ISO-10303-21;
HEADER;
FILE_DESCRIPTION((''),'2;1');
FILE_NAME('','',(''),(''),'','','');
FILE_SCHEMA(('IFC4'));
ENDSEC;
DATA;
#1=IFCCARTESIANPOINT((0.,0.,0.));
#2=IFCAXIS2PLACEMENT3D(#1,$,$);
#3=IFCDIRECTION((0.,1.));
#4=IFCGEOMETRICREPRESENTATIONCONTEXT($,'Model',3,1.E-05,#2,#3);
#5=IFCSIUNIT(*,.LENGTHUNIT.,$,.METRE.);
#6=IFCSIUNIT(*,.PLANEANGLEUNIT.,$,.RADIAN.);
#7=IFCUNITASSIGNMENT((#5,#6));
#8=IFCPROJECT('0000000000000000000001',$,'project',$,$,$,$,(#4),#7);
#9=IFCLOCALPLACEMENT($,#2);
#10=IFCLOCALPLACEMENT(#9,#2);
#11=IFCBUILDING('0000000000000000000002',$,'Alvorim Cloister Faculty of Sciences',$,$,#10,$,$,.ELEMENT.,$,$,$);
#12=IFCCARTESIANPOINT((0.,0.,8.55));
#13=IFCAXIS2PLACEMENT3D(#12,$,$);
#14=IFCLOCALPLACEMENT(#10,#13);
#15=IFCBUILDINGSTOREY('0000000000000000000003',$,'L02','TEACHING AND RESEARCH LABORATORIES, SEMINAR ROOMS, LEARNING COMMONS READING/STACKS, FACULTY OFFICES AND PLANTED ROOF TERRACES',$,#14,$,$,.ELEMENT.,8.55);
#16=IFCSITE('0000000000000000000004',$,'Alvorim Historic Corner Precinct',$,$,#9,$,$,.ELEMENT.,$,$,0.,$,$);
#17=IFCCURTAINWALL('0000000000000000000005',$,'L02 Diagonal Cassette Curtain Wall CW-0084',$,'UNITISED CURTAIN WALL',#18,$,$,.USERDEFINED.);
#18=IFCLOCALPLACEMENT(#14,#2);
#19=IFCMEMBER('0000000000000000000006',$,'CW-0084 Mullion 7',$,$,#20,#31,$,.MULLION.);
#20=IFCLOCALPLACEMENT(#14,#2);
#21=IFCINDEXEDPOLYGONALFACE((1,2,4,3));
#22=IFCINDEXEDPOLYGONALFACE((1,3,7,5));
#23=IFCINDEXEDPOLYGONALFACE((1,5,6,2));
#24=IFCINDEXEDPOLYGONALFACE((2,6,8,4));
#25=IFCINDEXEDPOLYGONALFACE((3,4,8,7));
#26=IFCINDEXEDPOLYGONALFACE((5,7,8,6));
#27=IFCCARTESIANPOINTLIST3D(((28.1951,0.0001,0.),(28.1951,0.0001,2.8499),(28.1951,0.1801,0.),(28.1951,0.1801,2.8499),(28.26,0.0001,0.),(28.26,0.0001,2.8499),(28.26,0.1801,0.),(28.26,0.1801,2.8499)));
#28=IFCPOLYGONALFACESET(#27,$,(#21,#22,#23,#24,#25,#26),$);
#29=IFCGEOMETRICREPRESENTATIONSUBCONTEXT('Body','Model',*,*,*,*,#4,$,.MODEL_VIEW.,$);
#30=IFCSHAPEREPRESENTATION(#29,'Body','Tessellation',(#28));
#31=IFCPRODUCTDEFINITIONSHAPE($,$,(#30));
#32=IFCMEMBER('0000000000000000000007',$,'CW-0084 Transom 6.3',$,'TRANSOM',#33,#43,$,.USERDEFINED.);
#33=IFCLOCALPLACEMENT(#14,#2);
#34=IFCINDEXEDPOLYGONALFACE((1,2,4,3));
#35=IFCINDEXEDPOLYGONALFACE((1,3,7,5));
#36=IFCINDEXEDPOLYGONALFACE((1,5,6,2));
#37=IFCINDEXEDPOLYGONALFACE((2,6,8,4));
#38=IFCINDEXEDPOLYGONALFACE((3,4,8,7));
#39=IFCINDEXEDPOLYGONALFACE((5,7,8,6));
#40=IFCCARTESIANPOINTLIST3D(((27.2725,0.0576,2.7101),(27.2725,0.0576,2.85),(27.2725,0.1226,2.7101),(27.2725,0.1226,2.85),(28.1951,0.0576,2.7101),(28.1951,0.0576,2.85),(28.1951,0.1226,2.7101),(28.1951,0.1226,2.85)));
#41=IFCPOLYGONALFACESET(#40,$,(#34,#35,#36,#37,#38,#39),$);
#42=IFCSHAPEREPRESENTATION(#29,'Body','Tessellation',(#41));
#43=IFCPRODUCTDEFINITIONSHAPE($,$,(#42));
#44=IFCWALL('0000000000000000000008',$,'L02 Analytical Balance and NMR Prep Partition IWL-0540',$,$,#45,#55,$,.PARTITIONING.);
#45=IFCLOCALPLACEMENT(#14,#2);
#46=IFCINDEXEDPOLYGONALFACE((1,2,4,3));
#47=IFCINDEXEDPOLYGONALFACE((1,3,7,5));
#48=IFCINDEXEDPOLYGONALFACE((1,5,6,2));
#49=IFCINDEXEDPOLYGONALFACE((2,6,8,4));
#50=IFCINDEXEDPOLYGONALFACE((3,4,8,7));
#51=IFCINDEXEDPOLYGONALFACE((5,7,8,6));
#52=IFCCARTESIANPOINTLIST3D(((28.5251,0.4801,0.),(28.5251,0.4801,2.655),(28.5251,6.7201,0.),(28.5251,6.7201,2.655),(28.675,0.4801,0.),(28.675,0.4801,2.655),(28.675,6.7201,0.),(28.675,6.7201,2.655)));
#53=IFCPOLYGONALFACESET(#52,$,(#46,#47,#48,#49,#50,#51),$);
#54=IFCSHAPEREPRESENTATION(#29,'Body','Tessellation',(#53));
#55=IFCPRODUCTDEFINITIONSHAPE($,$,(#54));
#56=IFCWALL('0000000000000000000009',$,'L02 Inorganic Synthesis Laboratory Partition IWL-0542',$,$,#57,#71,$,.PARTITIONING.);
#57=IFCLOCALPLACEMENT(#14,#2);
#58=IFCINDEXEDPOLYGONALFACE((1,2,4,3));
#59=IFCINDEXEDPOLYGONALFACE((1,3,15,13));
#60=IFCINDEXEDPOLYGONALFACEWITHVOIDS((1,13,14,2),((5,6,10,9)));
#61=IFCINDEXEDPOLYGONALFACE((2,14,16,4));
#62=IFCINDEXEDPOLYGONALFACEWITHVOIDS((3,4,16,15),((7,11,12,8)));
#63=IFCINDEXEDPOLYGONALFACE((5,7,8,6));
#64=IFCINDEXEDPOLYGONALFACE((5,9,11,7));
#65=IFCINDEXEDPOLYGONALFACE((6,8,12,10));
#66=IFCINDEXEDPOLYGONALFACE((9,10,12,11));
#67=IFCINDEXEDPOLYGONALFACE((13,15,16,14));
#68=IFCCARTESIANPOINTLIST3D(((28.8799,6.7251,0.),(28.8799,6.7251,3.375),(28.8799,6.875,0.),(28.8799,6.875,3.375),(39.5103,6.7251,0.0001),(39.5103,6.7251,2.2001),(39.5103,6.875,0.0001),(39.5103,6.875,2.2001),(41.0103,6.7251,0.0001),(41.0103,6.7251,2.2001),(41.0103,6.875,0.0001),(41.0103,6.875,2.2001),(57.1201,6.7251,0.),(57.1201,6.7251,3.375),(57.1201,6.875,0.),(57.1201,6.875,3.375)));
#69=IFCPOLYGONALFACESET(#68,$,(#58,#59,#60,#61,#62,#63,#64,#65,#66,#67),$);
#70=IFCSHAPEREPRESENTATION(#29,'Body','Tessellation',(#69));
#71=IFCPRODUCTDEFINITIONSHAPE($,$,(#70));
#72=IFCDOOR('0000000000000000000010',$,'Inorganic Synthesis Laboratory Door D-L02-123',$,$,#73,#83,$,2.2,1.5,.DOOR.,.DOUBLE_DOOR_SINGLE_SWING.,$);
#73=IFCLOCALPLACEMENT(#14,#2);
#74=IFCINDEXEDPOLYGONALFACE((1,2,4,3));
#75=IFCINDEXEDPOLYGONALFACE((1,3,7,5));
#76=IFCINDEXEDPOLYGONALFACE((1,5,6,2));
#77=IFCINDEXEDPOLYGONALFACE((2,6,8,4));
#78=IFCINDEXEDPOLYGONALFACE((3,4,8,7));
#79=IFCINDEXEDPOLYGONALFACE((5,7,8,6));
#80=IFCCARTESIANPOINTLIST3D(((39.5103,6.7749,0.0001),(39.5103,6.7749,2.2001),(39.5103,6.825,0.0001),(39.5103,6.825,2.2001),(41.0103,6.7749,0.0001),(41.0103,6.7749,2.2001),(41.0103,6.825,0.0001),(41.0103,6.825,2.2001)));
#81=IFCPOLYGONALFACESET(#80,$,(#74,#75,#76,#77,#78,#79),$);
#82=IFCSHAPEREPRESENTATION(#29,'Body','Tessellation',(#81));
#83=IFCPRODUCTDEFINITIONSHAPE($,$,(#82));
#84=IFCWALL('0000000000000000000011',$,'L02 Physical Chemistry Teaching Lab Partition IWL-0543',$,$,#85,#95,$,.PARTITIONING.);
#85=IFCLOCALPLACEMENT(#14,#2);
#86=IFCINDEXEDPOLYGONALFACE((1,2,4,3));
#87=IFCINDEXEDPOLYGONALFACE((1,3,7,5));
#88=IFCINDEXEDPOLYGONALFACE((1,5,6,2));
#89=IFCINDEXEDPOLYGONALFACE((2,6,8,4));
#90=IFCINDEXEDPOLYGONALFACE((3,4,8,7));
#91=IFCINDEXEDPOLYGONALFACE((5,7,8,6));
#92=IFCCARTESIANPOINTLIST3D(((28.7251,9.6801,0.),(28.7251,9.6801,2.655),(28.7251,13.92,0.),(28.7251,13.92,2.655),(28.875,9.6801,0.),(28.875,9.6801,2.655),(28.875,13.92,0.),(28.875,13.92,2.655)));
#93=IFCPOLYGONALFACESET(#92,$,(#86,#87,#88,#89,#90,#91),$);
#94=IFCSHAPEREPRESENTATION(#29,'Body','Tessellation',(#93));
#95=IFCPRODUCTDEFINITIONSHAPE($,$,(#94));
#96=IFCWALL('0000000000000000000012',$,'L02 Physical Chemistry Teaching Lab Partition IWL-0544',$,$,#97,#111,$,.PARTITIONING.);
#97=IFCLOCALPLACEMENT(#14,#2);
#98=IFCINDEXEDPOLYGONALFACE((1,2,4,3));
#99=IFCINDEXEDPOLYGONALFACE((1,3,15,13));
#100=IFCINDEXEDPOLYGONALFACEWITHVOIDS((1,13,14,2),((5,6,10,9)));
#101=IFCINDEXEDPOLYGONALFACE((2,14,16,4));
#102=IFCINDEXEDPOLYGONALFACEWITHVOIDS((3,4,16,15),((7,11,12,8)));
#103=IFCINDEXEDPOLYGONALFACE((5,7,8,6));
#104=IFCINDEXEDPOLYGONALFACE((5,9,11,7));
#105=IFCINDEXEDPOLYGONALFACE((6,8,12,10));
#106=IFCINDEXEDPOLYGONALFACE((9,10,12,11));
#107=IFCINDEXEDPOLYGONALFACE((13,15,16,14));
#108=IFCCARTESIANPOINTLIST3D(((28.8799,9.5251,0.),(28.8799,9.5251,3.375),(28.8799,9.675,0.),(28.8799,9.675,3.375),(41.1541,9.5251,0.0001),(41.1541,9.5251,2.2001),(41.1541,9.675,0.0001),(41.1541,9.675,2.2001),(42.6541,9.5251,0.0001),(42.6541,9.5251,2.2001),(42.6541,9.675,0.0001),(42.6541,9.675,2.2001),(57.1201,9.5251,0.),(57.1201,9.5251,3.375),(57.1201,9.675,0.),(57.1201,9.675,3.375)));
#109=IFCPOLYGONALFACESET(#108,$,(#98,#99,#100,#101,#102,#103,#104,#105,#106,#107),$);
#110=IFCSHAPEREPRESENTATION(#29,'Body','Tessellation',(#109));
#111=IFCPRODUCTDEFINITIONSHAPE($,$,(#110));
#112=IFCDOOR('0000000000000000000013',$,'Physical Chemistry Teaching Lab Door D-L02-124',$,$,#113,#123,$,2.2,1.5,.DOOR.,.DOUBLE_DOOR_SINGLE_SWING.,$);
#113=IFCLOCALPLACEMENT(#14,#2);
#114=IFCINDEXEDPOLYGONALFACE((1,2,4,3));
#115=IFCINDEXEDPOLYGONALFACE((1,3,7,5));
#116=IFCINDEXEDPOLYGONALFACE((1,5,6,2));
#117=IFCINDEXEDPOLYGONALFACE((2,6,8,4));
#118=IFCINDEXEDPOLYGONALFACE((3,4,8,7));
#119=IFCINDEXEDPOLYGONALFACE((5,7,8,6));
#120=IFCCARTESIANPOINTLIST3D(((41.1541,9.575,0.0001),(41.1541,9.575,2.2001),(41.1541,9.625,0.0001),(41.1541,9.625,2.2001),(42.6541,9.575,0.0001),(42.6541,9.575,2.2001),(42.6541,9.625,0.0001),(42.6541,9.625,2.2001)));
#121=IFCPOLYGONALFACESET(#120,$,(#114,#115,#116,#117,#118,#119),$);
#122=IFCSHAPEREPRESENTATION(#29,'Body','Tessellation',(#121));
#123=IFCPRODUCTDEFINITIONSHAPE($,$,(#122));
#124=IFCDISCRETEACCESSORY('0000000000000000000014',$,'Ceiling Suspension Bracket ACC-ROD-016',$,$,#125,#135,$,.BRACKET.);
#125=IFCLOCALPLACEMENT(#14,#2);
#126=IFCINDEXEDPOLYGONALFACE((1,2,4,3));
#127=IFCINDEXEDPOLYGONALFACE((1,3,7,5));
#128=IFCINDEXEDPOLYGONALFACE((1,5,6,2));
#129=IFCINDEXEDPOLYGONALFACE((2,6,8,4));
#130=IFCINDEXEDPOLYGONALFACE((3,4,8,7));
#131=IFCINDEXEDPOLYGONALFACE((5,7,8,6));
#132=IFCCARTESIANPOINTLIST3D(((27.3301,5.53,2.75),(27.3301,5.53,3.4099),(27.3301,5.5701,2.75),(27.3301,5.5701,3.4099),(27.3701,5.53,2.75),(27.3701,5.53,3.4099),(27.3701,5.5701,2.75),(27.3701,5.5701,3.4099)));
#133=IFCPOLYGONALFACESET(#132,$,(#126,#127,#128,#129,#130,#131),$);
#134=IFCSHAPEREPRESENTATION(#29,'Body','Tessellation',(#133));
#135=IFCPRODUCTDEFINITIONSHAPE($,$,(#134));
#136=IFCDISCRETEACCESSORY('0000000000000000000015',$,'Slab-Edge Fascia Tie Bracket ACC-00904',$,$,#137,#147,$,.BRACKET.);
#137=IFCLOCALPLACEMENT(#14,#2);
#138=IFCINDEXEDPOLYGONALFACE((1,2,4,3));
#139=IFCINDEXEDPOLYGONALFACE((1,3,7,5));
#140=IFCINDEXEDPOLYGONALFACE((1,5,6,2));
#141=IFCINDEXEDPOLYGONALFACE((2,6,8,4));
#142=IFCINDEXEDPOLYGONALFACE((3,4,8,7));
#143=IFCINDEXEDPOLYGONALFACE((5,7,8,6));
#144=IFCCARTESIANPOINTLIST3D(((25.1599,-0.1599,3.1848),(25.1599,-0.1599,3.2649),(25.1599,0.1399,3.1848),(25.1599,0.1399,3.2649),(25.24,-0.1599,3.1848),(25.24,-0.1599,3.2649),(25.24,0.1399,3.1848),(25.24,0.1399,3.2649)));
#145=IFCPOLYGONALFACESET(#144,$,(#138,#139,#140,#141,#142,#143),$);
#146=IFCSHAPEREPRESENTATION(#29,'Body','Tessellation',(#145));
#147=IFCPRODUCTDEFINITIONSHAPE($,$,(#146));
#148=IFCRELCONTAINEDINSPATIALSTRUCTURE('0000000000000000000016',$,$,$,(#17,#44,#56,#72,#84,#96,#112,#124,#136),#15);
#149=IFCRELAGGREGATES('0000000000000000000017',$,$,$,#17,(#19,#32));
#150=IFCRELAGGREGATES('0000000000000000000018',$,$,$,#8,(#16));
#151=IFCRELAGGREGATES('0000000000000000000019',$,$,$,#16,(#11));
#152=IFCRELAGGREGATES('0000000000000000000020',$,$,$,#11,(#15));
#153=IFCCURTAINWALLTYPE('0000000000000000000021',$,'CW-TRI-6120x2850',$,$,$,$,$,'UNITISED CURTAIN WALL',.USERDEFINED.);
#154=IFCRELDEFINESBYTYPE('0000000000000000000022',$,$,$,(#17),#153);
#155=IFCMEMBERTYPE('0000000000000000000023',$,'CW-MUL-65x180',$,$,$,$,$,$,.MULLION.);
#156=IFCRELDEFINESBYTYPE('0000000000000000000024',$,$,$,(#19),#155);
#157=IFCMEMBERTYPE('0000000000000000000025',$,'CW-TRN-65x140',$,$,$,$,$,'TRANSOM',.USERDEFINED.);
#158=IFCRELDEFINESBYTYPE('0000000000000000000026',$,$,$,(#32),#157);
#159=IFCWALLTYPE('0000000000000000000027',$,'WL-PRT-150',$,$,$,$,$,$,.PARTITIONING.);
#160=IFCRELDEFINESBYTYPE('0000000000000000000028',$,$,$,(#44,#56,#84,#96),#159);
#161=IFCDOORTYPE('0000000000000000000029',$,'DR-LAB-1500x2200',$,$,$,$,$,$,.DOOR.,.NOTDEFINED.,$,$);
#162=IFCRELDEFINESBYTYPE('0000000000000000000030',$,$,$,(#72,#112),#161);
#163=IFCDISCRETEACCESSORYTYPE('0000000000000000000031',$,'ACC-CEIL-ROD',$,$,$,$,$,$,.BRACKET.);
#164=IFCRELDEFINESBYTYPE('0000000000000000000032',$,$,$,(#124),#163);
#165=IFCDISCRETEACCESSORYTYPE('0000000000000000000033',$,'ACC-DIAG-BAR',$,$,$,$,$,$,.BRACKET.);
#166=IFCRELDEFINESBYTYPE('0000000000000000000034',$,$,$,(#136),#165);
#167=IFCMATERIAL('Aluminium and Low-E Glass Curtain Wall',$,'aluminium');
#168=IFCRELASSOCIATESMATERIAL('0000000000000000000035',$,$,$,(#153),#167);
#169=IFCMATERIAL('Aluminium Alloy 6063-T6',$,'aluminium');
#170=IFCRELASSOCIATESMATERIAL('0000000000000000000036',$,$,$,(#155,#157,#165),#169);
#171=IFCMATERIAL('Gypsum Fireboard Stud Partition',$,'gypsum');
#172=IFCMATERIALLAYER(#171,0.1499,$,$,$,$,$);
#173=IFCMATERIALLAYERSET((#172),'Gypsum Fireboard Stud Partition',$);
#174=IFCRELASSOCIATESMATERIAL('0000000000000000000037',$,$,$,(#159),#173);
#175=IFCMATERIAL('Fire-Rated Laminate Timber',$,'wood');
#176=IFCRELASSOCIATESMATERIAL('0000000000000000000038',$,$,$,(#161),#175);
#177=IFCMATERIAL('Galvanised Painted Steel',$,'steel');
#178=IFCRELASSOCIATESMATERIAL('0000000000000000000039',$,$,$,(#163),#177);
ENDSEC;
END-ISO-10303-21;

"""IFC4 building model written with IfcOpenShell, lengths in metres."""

from ifc_helpers import new_model, si_unit, direction, frame, frame_2d, origin, origin_2d, place, context, subcontext, project, spatial, rectangle, extrude, material, layer, layer_set, material_profile, profile_set, type_object, element, fill, aggregate, save


model = new_model("IFC4")

# Units and contexts
model_context = context("Model", 3, precision=1e-05, world=origin(), true_north=direction((0.0, 1.0)))
body_context = subcontext(model_context, "Body", "Model", "MODEL_VIEW")
ifc_project = project(units=[si_unit("LENGTHUNIT", "METRE"), si_unit("PLANEANGLEUNIT", "RADIAN")], contexts=[model_context])

# Site, building, storey
site_placement = place(None, origin())
site = spatial("IfcSite", under=ifc_project, at=site_placement, Name="Alvorim Historic Corner Precinct", CompositionType="ELEMENT", RefElevation=0.0)
building_placement = place(site_placement, origin())
building = spatial("IfcBuilding", under=site, at=building_placement, Name="Alvorim Cloister Faculty of Sciences", CompositionType="ELEMENT")
storey_placement = place(building_placement, frame((0.0, 0.0, 8.55)))
storey = spatial("IfcBuildingStorey", under=building, at=storey_placement, Name="L02", Description="TEACHING AND RESEARCH LABORATORIES, SEMINAR ROOMS, LEARNING COMMONS READING/STACKS, FACULTY OFFICES AND PLANTED ROOF TERRACES", CompositionType="ELEMENT", Elevation=8.55)

# Shared definitions
ifc_material_1 = material(Name="Aluminium and Low-E Glass Curtain Wall", Category="aluminium")
curtain_wall_type = type_object("IfcCurtainWallType", Name="CW-TRI-6120x2850", ElementType="UNITISED CURTAIN WALL", PredefinedType="USERDEFINED", material=ifc_material_1)
ifc_material_2 = material(Name="Aluminium Alloy 6063-T6", Category="aluminium")
ifc_material_profile_1 = material_profile(ifc_material_2, rectangle(XDim=0.0649, YDim=0.1799, at=origin_2d()), Name="ALU-MUL-65x180")
ifc_profile_set_1 = profile_set([ifc_material_profile_1], Name="Aluminium Alloy 6063-T6")
member_type_1 = type_object("IfcMemberType", Name="CW-MUL-65x180", PredefinedType="MULLION", material=ifc_profile_set_1)

# Curtain wall, members
curtain_wall_1_placement = place(storey_placement, origin())
curtain_wall_1 = element("IfcCurtainWall", 1, at=curtain_wall_1_placement, inside=storey, type_object=curtain_wall_type, Name="L02 Diagonal Cassette Curtain Wall CW-0084", ObjectType="UNITISED CURTAIN WALL", PredefinedType="USERDEFINED")
member_1_placement = place(storey_placement, frame((28.2275, 0.0901, 0.0), z_axis=(0.0, 0.0, 1.0), x_axis=(1.0, 0.0, 0.0)))
member_1 = element("IfcMember", 2, at=member_1_placement, type_object=member_type_1, Name="CW-0084 Mullion 7", PredefinedType="MULLION", context=body_context, shape_type="SweptSolid", body=[
    extrude(rectangle(XDim=0.0649, YDim=0.1799, at=origin_2d()), origin(), (0.0, 0.0, 1.0), 2.8499),
])
ifc_material_profile_2 = material_profile(ifc_material_2, rectangle(XDim=0.0649, YDim=0.1399, at=origin_2d()), Name="ALU-TRN-65x140")
ifc_profile_set_2 = profile_set([ifc_material_profile_2], Name="Aluminium Alloy 6063-T6")
member_type_2 = type_object("IfcMemberType", Name="CW-TRN-65x140", ElementType="TRANSOM", PredefinedType="USERDEFINED", material=ifc_profile_set_2)
member_2_placement = place(storey_placement, frame((27.2725, 0.0901, 2.78), z_axis=(1.0, 0.0, 0.0), x_axis=(0.0, 1.0, 0.0)))
member_2 = element("IfcMember", 3, at=member_2_placement, type_object=member_type_2, Name="CW-0084 Transom 6.3", ObjectType="TRANSOM", PredefinedType="USERDEFINED", context=body_context, shape_type="SweptSolid", body=[
    extrude(rectangle(XDim=0.0649, YDim=0.1399, at=origin_2d()), origin(), (0.0, 0.0, 1.0), 0.9226),
])
aggregate(curtain_wall_1, [member_1, member_2])

# Wall
ifc_material_3 = material(Name="Gypsum Fireboard Stud Partition", Category="gypsum")
ifc_layer = layer(ifc_material_3, 0.1499)
ifc_layer_set = layer_set([ifc_layer], Name="Gypsum Fireboard Stud Partition")
wall_type = type_object("IfcWallType", Name="WL-PRT-150", PredefinedType="PARTITIONING", material=ifc_layer_set)
wall_1_placement = place(storey_placement, frame((28.6001, 0.48, 0.0), z_axis=(0.0, 0.0, 1.0), x_axis=(0.0, 1.0, 0.0)))
element("IfcWall", 4, at=wall_1_placement, inside=storey, type_object=wall_type, Name="L02 Analytical Balance and NMR Prep Partition IWL-0540", PredefinedType="PARTITIONING", context=body_context, shape_type="SweptSolid", body=[
    extrude(rectangle(XDim=6.24, YDim=0.1499, at=frame_2d((3.1201, 0.0))), origin(), (0.0, 0.0, 1.0), 2.655),
])

# Wall, opening, door
wall_2_placement = place(storey_placement, frame((28.8799, 6.8, 0.0), z_axis=(0.0, 0.0, 1.0), x_axis=(1.0, 0.0, 0.0)))
wall_2 = element("IfcWall", 5, at=wall_2_placement, inside=storey, type_object=wall_type, Name="L02 Inorganic Synthesis Laboratory Partition IWL-0542", PredefinedType="PARTITIONING", context=body_context, shape_type="SweptSolid", body=[
    extrude(rectangle(XDim=28.2402, YDim=0.1499, at=frame_2d((14.1201, 0.0))), origin(), (0.0, 0.0, 1.0), 3.375),
])
opening_1_placement = place(wall_2_placement, frame((10.6304, 0.0, 0.0)))
opening_1 = element("IfcOpeningElement", 6, at=opening_1_placement, cuts=wall_2, PredefinedType="OPENING", context=body_context, shape_type="SweptSolid", body=[
    extrude(rectangle(XDim=1.5, YDim=2.2, at=frame_2d((0.75, 1.1001))), frame((0.0, 0.0869, 0.0), z_axis=(0.0, -1.0, 0.0), x_axis=(1.0, 0.0, 0.0)), (0.0, 0.0, 1.0), 0.1738),
])
ifc_material_4 = material(Name="Fire-Rated Laminate Timber", Category="wood")
door_type = type_object("IfcDoorType", Name="DR-LAB-1500x2200", OperationType="NOTDEFINED", PredefinedType="DOOR", material=ifc_material_4)
door_1_placement = place(opening_1_placement, origin())
door_1 = element("IfcDoor", 7, at=door_1_placement, inside=storey, type_object=door_type, Name="Inorganic Synthesis Laboratory Door D-L02-123", OperationType="DOUBLE_DOOR_SINGLE_SWING", OverallHeight=2.2, OverallWidth=1.5, PredefinedType="DOOR", context=body_context, shape_type="SweptSolid", body=[
    extrude(rectangle(XDim=1.5, YDim=2.2, at=frame_2d((0.75, 1.1001))), frame((0.0, 0.0249, 0.0), z_axis=(0.0, -1.0, 0.0), x_axis=(1.0, 0.0, 0.0)), (0.0, 0.0, 1.0), 0.05),
])
fill(opening_1, door_1)

# Wall
wall_3_placement = place(storey_placement, frame((28.8, 9.6799, 0.0), z_axis=(0.0, 0.0, 1.0), x_axis=(0.0, 1.0, 0.0)))
element("IfcWall", 8, at=wall_3_placement, inside=storey, type_object=wall_type, Name="L02 Physical Chemistry Teaching Lab Partition IWL-0543", PredefinedType="PARTITIONING", context=body_context, shape_type="SweptSolid", body=[
    extrude(rectangle(XDim=4.24, YDim=0.1499, at=frame_2d((2.1201, 0.0))), origin(), (0.0, 0.0, 1.0), 2.655),
])

# Wall, opening, door
wall_4_placement = place(storey_placement, frame((28.8799, 9.6001, 0.0), z_axis=(0.0, 0.0, 1.0), x_axis=(1.0, 0.0, 0.0)))
wall_4 = element("IfcWall", 9, at=wall_4_placement, inside=storey, type_object=wall_type, Name="L02 Physical Chemistry Teaching Lab Partition IWL-0544", PredefinedType="PARTITIONING", context=body_context, shape_type="SweptSolid", body=[
    extrude(rectangle(XDim=28.2402, YDim=0.1499, at=frame_2d((14.1201, 0.0))), origin(), (0.0, 0.0, 1.0), 3.375),
])
opening_2_placement = place(wall_4_placement, frame((12.2742, 0.0, 0.0)))
opening_2 = element("IfcOpeningElement", 10, at=opening_2_placement, cuts=wall_4, PredefinedType="OPENING", context=body_context, shape_type="SweptSolid", body=[
    extrude(rectangle(XDim=1.5, YDim=2.2, at=frame_2d((0.75, 1.1001))), frame((0.0, 0.0869, 0.0), z_axis=(0.0, -1.0, 0.0), x_axis=(1.0, 0.0, 0.0)), (0.0, 0.0, 1.0), 0.1738),
])
door_2_placement = place(opening_2_placement, origin())
door_2 = element("IfcDoor", 11, at=door_2_placement, inside=storey, type_object=door_type, Name="Physical Chemistry Teaching Lab Door D-L02-124", OperationType="DOUBLE_DOOR_SINGLE_SWING", OverallHeight=2.2, OverallWidth=1.5, PredefinedType="DOOR", context=body_context, shape_type="SweptSolid", body=[
    extrude(rectangle(XDim=1.5, YDim=2.2, at=frame_2d((0.75, 1.1001))), frame((0.0, 0.0249, 0.0), z_axis=(0.0, -1.0, 0.0), x_axis=(1.0, 0.0, 0.0)), (0.0, 0.0, 1.0), 0.05),
])
fill(opening_2, door_2)

# Discrete accessories
ifc_material_5 = material(Name="Galvanised Painted Steel", Category="steel")
discrete_accessory_type_1 = type_object("IfcDiscreteAccessoryType", Name="ACC-CEIL-ROD", PredefinedType="BRACKET", material=ifc_material_5)
discrete_accessory_1_placement = place(storey_placement, frame((27.3501, 5.55, 2.75), z_axis=(0.0, 0.0, 1.0), x_axis=(1.0, 0.0, 0.0)))
element("IfcDiscreteAccessory", 12, at=discrete_accessory_1_placement, inside=storey, type_object=discrete_accessory_type_1, Name="Ceiling Suspension Bracket ACC-ROD-016", PredefinedType="BRACKET", context=body_context, shape_type="SweptSolid", body=[
    extrude(rectangle(XDim=0.04, YDim=0.04, at=origin_2d()), origin(), (0.0, 0.0, 1.0), 0.6599),
])
discrete_accessory_type_2 = type_object("IfcDiscreteAccessoryType", Name="ACC-DIAG-BAR", PredefinedType="BRACKET", material=ifc_material_2)
discrete_accessory_2_placement = place(storey_placement, frame((25.2, 0.1399, 3.2249), z_axis=(0.0, -1.0, 0.0), x_axis=(1.0, 0.0, 0.0)))
element("IfcDiscreteAccessory", 13, at=discrete_accessory_2_placement, inside=storey, type_object=discrete_accessory_type_2, Name="Slab-Edge Fascia Tie Bracket ACC-00904", PredefinedType="BRACKET", context=body_context, shape_type="SweptSolid", body=[
    extrude(rectangle(XDim=0.0801, YDim=0.0801, at=origin_2d()), origin(), (0.0, 0.0, 1.0), 0.2998),
])

save(model, "model.ifc")
